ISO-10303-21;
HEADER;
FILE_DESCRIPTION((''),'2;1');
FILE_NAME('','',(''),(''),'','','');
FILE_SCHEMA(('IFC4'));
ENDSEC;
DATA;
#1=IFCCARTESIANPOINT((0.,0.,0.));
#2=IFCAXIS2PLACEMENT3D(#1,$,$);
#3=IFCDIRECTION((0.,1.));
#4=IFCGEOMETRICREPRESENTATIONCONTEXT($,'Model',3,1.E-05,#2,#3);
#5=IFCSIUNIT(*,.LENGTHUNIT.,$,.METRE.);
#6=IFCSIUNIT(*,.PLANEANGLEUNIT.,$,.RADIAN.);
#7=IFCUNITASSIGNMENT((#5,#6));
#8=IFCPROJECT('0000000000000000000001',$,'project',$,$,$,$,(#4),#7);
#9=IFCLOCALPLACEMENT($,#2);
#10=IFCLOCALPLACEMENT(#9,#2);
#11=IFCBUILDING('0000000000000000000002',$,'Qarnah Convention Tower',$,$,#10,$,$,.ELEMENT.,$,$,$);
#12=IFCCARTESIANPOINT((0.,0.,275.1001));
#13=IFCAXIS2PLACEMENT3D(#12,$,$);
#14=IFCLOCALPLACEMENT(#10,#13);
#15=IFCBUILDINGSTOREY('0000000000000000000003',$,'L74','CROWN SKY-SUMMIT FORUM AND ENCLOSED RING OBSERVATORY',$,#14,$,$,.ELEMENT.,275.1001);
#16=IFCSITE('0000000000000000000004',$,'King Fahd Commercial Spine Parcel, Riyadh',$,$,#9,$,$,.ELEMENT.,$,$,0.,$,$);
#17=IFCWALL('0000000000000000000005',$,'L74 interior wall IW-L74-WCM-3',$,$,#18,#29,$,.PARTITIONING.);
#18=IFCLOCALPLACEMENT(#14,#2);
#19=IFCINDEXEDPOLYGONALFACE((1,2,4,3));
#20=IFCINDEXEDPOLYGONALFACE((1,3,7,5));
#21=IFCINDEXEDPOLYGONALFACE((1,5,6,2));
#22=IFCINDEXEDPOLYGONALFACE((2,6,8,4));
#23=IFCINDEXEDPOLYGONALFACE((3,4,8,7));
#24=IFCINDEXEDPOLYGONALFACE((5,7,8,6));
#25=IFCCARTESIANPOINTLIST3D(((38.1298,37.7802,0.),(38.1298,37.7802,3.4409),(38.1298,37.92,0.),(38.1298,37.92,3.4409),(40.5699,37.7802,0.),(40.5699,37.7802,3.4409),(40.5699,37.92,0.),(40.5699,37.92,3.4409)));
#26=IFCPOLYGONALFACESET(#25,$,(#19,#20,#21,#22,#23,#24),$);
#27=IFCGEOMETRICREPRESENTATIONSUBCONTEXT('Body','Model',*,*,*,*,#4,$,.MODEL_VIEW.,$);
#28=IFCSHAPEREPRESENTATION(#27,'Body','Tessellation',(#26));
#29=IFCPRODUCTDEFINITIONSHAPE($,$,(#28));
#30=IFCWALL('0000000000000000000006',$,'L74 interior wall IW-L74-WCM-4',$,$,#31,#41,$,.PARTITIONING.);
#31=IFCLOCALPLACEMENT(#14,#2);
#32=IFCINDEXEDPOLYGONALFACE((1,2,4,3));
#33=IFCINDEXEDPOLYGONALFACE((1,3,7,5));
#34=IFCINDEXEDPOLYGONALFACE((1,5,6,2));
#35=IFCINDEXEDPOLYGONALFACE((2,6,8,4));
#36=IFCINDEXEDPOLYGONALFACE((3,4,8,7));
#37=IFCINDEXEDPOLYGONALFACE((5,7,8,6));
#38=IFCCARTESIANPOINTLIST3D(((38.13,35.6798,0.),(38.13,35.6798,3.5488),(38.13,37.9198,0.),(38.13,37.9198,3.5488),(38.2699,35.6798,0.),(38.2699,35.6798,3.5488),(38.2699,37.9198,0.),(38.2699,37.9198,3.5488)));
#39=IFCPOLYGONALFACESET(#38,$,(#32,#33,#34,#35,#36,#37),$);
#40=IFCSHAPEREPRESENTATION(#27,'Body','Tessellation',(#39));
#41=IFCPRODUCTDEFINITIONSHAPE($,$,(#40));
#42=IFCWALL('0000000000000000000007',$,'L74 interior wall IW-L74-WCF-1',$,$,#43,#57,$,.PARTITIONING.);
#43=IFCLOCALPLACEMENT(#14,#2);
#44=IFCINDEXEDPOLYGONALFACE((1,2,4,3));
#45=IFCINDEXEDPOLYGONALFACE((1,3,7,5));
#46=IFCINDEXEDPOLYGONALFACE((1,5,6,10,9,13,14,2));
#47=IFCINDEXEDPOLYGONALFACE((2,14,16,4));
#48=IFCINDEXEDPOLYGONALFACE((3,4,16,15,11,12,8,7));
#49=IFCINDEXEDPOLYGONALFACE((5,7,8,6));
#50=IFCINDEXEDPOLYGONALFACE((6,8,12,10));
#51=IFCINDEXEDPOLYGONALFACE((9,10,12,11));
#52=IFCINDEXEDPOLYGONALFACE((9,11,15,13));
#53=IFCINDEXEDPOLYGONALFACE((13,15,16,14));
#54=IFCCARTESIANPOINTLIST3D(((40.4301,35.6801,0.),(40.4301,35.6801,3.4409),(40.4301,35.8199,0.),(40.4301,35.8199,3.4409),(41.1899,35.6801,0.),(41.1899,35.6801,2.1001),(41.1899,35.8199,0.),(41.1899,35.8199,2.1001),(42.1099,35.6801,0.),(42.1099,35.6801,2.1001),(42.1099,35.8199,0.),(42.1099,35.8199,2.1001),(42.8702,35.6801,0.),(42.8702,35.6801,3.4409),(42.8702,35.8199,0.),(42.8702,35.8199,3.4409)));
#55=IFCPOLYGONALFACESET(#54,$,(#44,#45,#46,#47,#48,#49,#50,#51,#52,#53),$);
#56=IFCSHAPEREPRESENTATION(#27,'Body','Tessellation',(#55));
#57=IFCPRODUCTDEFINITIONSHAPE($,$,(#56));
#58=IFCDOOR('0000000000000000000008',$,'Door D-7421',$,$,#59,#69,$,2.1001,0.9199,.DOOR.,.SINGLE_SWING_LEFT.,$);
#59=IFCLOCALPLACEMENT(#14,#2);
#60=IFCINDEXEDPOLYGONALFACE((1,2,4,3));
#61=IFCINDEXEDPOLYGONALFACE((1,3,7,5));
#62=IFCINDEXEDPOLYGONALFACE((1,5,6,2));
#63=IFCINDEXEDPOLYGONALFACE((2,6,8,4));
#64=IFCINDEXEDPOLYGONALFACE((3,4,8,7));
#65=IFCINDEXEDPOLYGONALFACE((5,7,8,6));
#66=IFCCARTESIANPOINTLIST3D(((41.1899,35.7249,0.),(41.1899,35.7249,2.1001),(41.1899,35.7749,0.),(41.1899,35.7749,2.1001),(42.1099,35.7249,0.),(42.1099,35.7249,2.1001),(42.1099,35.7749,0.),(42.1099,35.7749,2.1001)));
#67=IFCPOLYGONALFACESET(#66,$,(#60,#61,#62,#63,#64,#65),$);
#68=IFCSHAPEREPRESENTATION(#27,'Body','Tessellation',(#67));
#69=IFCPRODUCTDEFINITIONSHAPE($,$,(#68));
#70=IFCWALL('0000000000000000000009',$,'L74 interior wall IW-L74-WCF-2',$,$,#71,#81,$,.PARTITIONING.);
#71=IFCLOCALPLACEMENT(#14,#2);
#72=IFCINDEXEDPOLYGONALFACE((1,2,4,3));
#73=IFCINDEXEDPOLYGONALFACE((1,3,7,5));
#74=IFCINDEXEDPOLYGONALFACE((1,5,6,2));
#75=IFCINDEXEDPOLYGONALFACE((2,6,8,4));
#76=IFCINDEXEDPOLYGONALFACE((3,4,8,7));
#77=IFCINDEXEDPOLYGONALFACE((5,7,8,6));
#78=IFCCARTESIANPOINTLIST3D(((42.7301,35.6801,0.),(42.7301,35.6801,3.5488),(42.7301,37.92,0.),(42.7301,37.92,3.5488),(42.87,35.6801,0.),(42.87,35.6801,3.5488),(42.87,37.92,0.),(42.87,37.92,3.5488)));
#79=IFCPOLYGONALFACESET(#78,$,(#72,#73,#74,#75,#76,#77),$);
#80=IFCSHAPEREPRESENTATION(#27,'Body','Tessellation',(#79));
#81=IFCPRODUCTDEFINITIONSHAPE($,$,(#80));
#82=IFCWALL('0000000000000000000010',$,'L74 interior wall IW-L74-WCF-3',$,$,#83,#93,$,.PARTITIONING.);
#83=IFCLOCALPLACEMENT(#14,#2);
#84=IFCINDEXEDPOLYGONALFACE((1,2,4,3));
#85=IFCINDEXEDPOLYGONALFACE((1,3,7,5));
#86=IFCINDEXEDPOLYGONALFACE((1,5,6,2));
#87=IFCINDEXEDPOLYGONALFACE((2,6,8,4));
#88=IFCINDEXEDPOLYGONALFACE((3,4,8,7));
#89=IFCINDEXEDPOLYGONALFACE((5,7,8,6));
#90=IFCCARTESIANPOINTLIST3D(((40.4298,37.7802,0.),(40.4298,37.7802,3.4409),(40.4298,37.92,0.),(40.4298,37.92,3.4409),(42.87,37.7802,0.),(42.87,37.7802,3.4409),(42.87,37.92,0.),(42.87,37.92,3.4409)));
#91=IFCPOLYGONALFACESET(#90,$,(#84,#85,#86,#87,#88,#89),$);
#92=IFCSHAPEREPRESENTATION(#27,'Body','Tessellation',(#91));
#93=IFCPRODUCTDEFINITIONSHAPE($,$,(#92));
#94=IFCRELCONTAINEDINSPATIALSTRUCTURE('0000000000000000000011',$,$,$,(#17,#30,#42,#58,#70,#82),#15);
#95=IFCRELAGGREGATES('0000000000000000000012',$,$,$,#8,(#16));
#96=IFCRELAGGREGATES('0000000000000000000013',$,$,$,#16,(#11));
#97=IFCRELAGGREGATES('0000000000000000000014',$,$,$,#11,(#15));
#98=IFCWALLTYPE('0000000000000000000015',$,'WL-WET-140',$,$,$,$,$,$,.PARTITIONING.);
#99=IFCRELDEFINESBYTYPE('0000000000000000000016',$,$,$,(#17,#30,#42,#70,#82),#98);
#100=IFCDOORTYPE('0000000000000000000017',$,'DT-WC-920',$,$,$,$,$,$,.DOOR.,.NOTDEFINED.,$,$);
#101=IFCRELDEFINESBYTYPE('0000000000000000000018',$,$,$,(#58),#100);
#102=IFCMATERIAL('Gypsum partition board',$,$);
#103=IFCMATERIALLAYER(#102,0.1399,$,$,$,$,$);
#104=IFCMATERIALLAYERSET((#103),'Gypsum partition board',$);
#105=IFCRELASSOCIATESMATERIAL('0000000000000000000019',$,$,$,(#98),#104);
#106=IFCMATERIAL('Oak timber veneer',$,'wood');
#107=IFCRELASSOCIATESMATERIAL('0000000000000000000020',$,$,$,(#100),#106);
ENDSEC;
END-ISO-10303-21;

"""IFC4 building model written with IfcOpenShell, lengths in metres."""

from ifc_helpers import new_model, si_unit, direction, frame, frame_2d, origin, place, context, subcontext, project, spatial, rectangle, extrude, material, layer, layer_set, type_object, element, fill, save


model = new_model("IFC4")

# Units and contexts
model_context = context("Model", 3, precision=1e-05, world=origin(), true_north=direction((0.0, 1.0)))
body_context = subcontext(model_context, "Body", "Model", "MODEL_VIEW")
ifc_project = project(units=[si_unit("LENGTHUNIT", "METRE"), si_unit("PLANEANGLEUNIT", "RADIAN")], contexts=[model_context])

# Site, building, storey
site_placement = place(None, origin())
site = spatial("IfcSite", under=ifc_project, at=site_placement, Name="King Fahd Commercial Spine Parcel, Riyadh", CompositionType="ELEMENT", RefElevation=0.0)
building_placement = place(site_placement, origin())
building = spatial("IfcBuilding", under=site, at=building_placement, Name="Qarnah Convention Tower", CompositionType="ELEMENT")
storey_placement = place(building_placement, frame((0.0, 0.0, 275.1001)))
storey = spatial("IfcBuildingStorey", under=building, at=storey_placement, Name="L74", Description="CROWN SKY-SUMMIT FORUM AND ENCLOSED RING OBSERVATORY", CompositionType="ELEMENT", Elevation=275.1001)

# Shared definitions
ifc_material_1 = material(Name="Gypsum partition board")

# Shared definitions
ifc_layer_1 = layer(ifc_material_1, 0.1399)
ifc_layer_set_1 = layer_set([ifc_layer_1], Name="Gypsum partition board")
wall_type_1 = type_object("IfcWallType", Name="WL-WET-140", PredefinedType="PARTITIONING", material=ifc_layer_set_1)
ifc_material_2 = material(Name="Oak timber veneer", Category="wood")
door_type = type_object("IfcDoorType", Name="DT-WC-920", OperationType="NOTDEFINED", PredefinedType="DOOR", material=ifc_material_2)

# Walls
wall_1_placement = place(storey_placement, frame((40.5701, 37.8501, 0.0), z_axis=(0.0, 0.0, 1.0), x_axis=(-1.0, 0.0, 0.0)))
element("IfcWall", 1, at=wall_1_placement, inside=storey, type_object=wall_type_1, Name="L74 interior wall IW-L74-WCM-3", PredefinedType="PARTITIONING", context=body_context, shape_type="SweptSolid", body=[
    extrude(rectangle(XDim=2.4402, YDim=0.1399, at=frame_2d((1.2202, 0.0))), origin(), (0.0, 0.0, 1.0), 3.4409),
])
wall_2_placement = place(storey_placement, frame((38.2, 37.9199, 0.0), z_axis=(0.0, 0.0, 1.0), x_axis=(0.0, -1.0, 0.0)))
element("IfcWall", 2, at=wall_2_placement, inside=storey, type_object=wall_type_1, Name="L74 interior wall IW-L74-WCM-4", PredefinedType="PARTITIONING", context=body_context, shape_type="SweptSolid", body=[
    extrude(rectangle(XDim=2.24, YDim=0.1399, at=frame_2d((1.1201, 0.0))), origin(), (0.0, 0.0, 1.0), 3.5488),
])

# Wall, opening, door
wall_3_placement = place(storey_placement, frame((40.4299, 35.75, 0.0), z_axis=(0.0, 0.0, 1.0), x_axis=(1.0, 0.0, 0.0)))
wall_3 = element("IfcWall", 3, at=wall_3_placement, inside=storey, type_object=wall_type_1, Name="L74 interior wall IW-L74-WCF-1", PredefinedType="PARTITIONING", context=body_context, shape_type="SweptSolid", body=[
    extrude(rectangle(XDim=2.4402, YDim=0.1399, at=frame_2d((1.2202, 0.0))), origin(), (0.0, 0.0, 1.0), 3.4409),
])
opening_1_placement = place(wall_3_placement, frame((0.76, 0.0, 0.0)))
opening_1 = element("IfcOpeningElement", 4, at=opening_1_placement, cuts=wall_3, PredefinedType="OPENING", context=body_context, shape_type="SweptSolid", body=[
    extrude(rectangle(XDim=0.9199, YDim=2.1001, at=frame_2d((0.46, 1.05))), frame((0.0, 0.0798, 0.0), z_axis=(0.0, -1.0, 0.0), x_axis=(1.0, 0.0, 0.0)), (0.0, 0.0, 1.0), 0.1599),
])
door_1_placement = place(opening_1_placement, origin())
door_1 = element("IfcDoor", 5, at=door_1_placement, inside=storey, type_object=door_type, Name="Door D-7421", OperationType="SINGLE_SWING_LEFT", OverallHeight=2.1001, OverallWidth=0.9199, PredefinedType="DOOR", context=body_context, shape_type="SweptSolid", body=[
    extrude(rectangle(XDim=0.9199, YDim=2.1001, at=frame_2d((0.46, 1.05))), frame((0.0, 0.0249, 0.0), z_axis=(0.0, -1.0, 0.0), x_axis=(1.0, 0.0, 0.0)), (0.0, 0.0, 1.0), 0.05),
])
fill(opening_1, door_1)

# Walls
wall_4_placement = place(storey_placement, frame((42.8, 35.6799, 0.0), z_axis=(0.0, 0.0, 1.0), x_axis=(0.0, 1.0, 0.0)))
element("IfcWall", 6, at=wall_4_placement, inside=storey, type_object=wall_type_1, Name="L74 interior wall IW-L74-WCF-2", PredefinedType="PARTITIONING", context=body_context, shape_type="SweptSolid", body=[
    extrude(rectangle(XDim=2.24, YDim=0.1399, at=frame_2d((1.1201, 0.0))), origin(), (0.0, 0.0, 1.0), 3.5488),
])
wall_5_placement = place(storey_placement, frame((42.8701, 37.8501, 0.0), z_axis=(0.0, 0.0, 1.0), x_axis=(-1.0, 0.0, 0.0)))
element("IfcWall", 7, at=wall_5_placement, inside=storey, type_object=wall_type_1, Name="L74 interior wall IW-L74-WCF-3", PredefinedType="PARTITIONING", context=body_context, shape_type="SweptSolid", body=[
    extrude(rectangle(XDim=2.4402, YDim=0.1399, at=frame_2d((1.2202, 0.0))), origin(), (0.0, 0.0, 1.0), 3.4409),
])

save(model, "model.ifc")
